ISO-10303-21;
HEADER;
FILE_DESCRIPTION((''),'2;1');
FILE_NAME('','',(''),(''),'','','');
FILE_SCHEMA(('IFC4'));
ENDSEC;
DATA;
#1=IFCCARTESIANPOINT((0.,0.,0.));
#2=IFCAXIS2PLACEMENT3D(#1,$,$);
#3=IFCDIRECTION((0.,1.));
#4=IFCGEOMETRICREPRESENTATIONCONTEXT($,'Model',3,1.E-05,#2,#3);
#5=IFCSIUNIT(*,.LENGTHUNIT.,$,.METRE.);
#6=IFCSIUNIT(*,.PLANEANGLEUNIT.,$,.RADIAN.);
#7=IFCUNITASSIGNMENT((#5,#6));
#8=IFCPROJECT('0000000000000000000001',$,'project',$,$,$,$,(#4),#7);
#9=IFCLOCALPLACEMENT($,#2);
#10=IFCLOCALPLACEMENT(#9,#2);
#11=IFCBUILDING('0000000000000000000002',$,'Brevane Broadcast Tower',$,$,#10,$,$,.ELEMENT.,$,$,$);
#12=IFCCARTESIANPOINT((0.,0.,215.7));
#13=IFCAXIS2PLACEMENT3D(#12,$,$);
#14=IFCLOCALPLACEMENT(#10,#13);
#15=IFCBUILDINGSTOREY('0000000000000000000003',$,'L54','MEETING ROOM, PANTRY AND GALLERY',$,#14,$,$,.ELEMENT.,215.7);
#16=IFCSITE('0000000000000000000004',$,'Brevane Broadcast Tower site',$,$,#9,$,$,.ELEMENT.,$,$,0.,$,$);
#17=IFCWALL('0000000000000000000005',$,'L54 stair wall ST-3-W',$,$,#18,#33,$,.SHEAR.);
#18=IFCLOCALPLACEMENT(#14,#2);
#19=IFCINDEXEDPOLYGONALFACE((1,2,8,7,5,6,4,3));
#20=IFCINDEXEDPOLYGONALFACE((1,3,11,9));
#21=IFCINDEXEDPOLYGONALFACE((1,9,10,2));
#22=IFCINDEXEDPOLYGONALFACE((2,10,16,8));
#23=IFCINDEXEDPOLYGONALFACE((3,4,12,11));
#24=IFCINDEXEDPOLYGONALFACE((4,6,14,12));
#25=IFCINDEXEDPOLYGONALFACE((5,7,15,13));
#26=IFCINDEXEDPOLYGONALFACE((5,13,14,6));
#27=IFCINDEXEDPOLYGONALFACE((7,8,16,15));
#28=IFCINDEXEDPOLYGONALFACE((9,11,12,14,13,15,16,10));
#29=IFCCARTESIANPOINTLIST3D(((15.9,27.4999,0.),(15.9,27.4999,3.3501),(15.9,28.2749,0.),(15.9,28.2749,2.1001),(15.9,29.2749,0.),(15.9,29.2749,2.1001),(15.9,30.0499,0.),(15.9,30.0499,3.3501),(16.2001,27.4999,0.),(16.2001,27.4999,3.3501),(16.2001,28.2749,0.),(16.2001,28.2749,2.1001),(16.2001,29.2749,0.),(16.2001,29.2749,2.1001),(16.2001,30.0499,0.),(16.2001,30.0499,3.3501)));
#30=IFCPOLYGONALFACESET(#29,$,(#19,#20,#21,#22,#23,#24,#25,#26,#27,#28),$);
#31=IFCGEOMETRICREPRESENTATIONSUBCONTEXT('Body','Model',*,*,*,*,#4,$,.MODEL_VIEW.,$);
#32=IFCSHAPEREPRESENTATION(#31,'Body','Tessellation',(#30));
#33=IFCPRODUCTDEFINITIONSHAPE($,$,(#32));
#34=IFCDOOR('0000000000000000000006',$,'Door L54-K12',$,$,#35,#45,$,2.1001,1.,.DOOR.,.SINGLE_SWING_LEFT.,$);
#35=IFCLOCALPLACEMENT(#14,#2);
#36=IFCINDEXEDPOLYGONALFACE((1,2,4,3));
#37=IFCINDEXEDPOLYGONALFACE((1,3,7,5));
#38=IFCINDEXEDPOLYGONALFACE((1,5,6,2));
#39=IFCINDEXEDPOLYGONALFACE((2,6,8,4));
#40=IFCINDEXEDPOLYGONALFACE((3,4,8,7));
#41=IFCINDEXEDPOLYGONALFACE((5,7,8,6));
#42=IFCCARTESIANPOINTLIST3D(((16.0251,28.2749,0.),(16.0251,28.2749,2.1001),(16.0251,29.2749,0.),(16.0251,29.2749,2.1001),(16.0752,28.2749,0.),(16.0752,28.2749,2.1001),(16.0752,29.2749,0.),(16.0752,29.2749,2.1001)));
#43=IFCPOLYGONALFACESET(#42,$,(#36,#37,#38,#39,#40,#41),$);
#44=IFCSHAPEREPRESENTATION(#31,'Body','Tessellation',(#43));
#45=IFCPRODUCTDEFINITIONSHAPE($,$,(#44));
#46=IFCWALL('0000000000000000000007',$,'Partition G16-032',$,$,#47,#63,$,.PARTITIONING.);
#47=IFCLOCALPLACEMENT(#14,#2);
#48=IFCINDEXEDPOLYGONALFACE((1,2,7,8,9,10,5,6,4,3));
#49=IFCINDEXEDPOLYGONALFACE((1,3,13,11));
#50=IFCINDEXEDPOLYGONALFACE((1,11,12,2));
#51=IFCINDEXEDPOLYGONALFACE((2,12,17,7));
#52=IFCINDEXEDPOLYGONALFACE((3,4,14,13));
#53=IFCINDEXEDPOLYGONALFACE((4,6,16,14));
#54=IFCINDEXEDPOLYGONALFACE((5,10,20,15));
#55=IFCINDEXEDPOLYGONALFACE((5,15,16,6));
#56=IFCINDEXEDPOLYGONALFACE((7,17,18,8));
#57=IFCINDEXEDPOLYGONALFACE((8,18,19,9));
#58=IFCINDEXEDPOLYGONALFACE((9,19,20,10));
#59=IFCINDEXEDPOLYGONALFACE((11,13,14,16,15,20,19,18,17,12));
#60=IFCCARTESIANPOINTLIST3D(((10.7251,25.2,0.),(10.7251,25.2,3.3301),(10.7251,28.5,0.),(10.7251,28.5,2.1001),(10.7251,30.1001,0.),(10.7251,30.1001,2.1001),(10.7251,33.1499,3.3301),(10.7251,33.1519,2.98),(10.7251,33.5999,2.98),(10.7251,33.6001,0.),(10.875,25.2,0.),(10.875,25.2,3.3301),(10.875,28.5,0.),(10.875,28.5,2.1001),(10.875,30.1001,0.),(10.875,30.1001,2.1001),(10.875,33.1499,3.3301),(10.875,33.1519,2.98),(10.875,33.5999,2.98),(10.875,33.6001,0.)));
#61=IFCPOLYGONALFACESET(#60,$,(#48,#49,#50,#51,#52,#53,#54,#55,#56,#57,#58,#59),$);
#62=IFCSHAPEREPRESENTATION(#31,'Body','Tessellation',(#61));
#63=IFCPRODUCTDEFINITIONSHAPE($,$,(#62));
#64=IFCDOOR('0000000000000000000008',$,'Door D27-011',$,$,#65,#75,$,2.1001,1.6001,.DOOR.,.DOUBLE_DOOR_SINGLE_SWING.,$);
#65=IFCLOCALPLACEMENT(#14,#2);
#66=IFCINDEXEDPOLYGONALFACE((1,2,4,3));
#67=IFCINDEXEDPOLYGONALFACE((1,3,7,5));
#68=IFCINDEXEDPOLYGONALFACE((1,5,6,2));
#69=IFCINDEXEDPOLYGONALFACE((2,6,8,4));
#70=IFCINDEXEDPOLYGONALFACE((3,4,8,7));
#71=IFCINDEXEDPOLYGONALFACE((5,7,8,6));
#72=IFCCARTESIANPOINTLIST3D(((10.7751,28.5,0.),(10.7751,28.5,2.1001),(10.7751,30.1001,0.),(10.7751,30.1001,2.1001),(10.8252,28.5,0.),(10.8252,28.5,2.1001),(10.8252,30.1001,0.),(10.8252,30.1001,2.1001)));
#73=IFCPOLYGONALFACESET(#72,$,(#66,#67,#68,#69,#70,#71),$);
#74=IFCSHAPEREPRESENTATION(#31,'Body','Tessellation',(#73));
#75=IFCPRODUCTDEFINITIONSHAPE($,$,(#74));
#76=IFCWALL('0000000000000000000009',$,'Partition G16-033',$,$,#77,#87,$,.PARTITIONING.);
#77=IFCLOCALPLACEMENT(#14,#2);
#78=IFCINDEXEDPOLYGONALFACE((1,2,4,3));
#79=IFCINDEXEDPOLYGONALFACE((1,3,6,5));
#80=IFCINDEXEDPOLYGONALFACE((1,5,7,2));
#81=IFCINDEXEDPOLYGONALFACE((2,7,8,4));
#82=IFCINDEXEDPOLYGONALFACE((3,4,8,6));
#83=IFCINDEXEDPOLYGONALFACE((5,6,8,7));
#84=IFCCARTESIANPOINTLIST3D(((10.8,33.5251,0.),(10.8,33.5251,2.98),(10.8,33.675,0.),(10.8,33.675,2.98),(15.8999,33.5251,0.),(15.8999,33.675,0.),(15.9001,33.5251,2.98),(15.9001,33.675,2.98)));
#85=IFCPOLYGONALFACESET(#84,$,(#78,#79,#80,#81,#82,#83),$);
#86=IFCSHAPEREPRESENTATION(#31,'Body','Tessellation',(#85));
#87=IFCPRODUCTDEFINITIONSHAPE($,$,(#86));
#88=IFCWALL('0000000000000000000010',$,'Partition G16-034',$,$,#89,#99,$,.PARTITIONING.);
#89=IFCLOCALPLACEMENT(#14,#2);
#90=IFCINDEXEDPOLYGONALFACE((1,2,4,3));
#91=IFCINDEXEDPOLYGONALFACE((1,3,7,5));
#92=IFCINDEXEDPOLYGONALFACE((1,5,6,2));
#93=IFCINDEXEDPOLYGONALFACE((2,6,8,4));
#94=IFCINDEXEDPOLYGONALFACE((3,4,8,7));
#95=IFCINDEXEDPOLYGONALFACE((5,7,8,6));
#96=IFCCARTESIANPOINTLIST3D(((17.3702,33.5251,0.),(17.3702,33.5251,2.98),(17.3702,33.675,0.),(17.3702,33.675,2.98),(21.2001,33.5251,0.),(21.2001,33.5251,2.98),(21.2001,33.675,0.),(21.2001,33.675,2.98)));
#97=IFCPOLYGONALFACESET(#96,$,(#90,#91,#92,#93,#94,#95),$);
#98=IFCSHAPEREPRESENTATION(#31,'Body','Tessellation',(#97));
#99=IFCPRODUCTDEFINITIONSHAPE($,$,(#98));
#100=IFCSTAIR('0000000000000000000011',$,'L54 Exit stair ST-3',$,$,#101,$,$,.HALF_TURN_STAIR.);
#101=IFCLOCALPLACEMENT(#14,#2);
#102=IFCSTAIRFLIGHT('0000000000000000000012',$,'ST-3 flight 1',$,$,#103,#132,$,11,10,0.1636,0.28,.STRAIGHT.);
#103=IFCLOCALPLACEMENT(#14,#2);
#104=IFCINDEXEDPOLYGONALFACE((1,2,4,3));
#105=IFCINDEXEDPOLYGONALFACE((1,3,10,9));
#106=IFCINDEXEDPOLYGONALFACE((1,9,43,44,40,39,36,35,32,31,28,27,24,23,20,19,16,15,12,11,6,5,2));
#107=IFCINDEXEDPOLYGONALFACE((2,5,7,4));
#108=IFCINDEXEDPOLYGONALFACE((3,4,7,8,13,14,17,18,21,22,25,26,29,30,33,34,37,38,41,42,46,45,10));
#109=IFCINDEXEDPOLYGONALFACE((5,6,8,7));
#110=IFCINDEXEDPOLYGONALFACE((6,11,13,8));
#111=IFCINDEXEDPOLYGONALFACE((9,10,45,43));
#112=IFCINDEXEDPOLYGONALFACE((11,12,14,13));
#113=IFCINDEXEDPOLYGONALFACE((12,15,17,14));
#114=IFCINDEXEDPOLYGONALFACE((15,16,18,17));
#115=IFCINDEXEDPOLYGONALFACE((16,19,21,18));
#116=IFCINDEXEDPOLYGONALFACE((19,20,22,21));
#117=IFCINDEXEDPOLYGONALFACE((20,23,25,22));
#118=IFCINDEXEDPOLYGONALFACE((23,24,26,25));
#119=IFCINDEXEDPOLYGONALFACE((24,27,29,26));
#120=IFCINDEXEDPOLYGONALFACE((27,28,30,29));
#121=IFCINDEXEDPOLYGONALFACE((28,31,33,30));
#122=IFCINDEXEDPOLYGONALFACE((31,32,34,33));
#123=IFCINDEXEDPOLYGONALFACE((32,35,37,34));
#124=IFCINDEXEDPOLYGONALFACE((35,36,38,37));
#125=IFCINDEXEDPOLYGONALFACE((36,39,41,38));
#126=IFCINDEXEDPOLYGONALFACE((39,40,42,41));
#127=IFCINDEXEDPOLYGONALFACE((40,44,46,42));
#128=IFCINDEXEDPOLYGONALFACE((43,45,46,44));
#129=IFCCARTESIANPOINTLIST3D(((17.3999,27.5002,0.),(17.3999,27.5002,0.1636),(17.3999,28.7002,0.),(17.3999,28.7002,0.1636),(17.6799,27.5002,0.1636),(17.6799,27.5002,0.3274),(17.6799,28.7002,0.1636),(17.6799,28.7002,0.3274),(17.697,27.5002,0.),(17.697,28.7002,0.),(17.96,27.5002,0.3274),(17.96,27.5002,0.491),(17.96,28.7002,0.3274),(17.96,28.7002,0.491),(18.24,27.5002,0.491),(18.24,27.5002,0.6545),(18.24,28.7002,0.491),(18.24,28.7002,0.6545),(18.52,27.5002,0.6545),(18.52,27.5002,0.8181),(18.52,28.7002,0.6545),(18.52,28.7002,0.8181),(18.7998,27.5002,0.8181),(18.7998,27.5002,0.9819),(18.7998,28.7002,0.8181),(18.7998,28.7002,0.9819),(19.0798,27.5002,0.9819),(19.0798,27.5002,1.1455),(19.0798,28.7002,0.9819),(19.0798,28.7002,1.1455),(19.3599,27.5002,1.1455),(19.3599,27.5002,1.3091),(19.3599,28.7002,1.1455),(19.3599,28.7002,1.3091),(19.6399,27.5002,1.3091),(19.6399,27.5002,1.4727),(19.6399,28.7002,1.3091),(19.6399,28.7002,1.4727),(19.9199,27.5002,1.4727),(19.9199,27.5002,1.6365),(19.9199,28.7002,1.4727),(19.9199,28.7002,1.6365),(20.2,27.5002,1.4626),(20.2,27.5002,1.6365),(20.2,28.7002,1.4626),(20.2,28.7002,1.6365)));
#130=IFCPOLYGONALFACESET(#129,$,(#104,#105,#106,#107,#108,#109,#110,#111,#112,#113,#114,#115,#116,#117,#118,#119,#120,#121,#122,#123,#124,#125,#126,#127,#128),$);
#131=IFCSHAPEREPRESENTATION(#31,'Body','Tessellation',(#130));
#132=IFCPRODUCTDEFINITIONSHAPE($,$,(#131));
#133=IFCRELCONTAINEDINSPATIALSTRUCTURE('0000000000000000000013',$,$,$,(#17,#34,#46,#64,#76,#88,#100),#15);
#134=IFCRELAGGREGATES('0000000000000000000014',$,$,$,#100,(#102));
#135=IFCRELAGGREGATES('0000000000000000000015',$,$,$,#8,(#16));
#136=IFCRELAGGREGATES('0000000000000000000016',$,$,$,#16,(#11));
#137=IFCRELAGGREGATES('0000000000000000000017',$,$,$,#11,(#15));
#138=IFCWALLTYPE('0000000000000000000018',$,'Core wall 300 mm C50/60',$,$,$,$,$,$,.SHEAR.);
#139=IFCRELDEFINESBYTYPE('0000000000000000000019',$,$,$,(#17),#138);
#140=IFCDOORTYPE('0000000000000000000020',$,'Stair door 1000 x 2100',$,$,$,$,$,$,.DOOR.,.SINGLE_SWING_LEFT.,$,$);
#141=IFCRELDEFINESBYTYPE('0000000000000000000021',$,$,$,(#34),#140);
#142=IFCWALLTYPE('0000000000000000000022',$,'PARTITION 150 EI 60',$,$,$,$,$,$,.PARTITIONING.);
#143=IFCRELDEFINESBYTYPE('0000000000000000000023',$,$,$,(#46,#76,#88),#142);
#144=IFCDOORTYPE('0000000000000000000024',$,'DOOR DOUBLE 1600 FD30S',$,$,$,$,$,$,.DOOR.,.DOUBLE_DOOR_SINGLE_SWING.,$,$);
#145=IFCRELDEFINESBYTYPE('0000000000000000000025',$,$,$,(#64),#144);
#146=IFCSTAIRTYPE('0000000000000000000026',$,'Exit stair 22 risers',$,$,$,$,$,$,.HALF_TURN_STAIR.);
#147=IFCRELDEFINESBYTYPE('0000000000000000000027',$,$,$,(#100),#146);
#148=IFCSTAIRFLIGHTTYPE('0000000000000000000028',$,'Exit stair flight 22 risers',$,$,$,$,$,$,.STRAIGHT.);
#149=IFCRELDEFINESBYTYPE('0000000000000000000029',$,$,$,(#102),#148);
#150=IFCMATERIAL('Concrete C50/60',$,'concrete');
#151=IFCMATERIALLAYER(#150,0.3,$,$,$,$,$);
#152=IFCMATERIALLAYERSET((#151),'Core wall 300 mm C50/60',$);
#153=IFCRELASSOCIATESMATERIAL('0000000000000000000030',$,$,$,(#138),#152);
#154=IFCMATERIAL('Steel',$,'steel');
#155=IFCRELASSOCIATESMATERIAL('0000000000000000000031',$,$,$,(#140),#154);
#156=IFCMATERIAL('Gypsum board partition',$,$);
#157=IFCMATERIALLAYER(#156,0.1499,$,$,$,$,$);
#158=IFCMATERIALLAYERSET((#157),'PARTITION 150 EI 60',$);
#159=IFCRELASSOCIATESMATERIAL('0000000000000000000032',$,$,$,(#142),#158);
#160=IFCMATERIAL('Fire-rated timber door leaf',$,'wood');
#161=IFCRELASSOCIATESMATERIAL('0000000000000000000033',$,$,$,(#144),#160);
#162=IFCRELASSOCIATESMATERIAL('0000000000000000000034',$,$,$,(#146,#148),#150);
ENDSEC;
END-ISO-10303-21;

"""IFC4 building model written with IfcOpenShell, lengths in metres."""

from ifc_helpers import new_model, si_unit, direction, frame, frame_2d, origin, place, context, subcontext, project, spatial, polyline, rectangle, outline, extrude, material, layer, layer_set, type_object, element, fill, aggregate, save


model = new_model("IFC4")

# Units and contexts
model_context = context("Model", 3, precision=1e-05, world=origin(), true_north=direction((0.0, 1.0)))
body_context = subcontext(model_context, "Body", "Model", "MODEL_VIEW")
ifc_project = project(units=[si_unit("LENGTHUNIT", "METRE"), si_unit("PLANEANGLEUNIT", "RADIAN")], contexts=[model_context])

# Site, building, storey
site_placement = place(None, origin())
site = spatial("IfcSite", under=ifc_project, at=site_placement, Name="Brevane Broadcast Tower site", CompositionType="ELEMENT", RefElevation=0.0)
building_placement = place(site_placement, origin())
building = spatial("IfcBuilding", under=site, at=building_placement, Name="Brevane Broadcast Tower", CompositionType="ELEMENT")
storey_placement = place(building_placement, frame((0.0, 0.0, 215.7)))
storey = spatial("IfcBuildingStorey", under=building, at=storey_placement, Name="L54", Description="MEETING ROOM, PANTRY AND GALLERY", CompositionType="ELEMENT", Elevation=215.7)

# Shared definitions
ifc_material_1 = material(Name="Concrete C50/60", Category="concrete")

# Shared definitions
ifc_layer_1 = layer(ifc_material_1, 0.3)
ifc_layer_set_1 = layer_set([ifc_layer_1], Name="Core wall 300 mm C50/60")
wall_type_1 = type_object("IfcWallType", Name="Core wall 300 mm C50/60", PredefinedType="SHEAR", material=ifc_layer_set_1)

# Walls, openings, doors
wall_1_placement = place(storey_placement, frame((16.05, 27.5, 0.0), z_axis=(0.0, 0.0, 1.0), x_axis=(0.0, 1.0, 0.0)))
wall_1 = element("IfcWall", 1, at=wall_1_placement, inside=storey, type_object=wall_type_1, Name="L54 stair wall ST-3-W", PredefinedType="SHEAR", context=body_context, shape_type="SweptSolid", body=[
    extrude(rectangle(XDim=2.55, YDim=0.3, at=frame_2d((1.2749, 0.0))), origin(), (0.0, 0.0, 1.0), 3.3501),
])
opening_1_placement = place(wall_1_placement, frame((0.7749, 0.0, 0.0)))
opening_1 = element("IfcOpeningElement", 2, at=opening_1_placement, cuts=wall_1, PredefinedType="OPENING", context=body_context, shape_type="SweptSolid", body=[
    extrude(rectangle(XDim=1.0, YDim=2.1001, at=frame_2d((0.5, 1.05))), frame((0.0, 0.1599, 0.0), z_axis=(0.0, -1.0, 0.0), x_axis=(1.0, 0.0, 0.0)), (0.0, 0.0, 1.0), 0.3201),
])
ifc_material_2 = material(Name="Steel", Category="steel")
door_type_1 = type_object("IfcDoorType", Name="Stair door 1000 x 2100", OperationType="SINGLE_SWING_LEFT", PredefinedType="DOOR", material=ifc_material_2)
door_1_placement = place(opening_1_placement, origin())
door_1 = element("IfcDoor", 3, at=door_1_placement, inside=storey, type_object=door_type_1, Name="Door L54-K12", OperationType="SINGLE_SWING_LEFT", OverallHeight=2.1001, OverallWidth=1.0, PredefinedType="DOOR", context=body_context, shape_type="SweptSolid", body=[
    extrude(rectangle(XDim=1.0, YDim=2.1001, at=frame_2d((0.5, 1.05))), frame((0.0, 0.0249, 0.0), z_axis=(0.0, -1.0, 0.0), x_axis=(1.0, 0.0, 0.0)), (0.0, 0.0, 1.0), 0.05),
])
fill(opening_1, door_1)
ifc_material_3 = material(Name="Gypsum board partition")
ifc_layer_2 = layer(ifc_material_3, 0.1499)
ifc_layer_set_2 = layer_set([ifc_layer_2], Name="PARTITION 150 EI 60")
wall_type_2 = type_object("IfcWallType", Name="PARTITION 150 EI 60", PredefinedType="PARTITIONING", material=ifc_layer_set_2)
wall_2_placement = place(storey_placement, frame((10.8, 25.2, 0.0), z_axis=(0.0, 0.0, 1.0), x_axis=(0.0, 1.0, 0.0)))
wall_2 = element("IfcWall", 4, at=wall_2_placement, inside=storey, type_object=wall_type_2, Name="Partition G16-032", PredefinedType="PARTITIONING", context=body_context, shape_type="SweptSolid", body=[
    extrude(outline(polyline([(0.0, 0.0), (8.4001, 0.0), (8.3999, 2.98), (7.9519, 2.98), (7.95, 3.3301), (0.0, 3.3301), (0.0, 0.0)])), frame((0.0, 0.075, 0.0), z_axis=(0.0, -1.0, 0.0), x_axis=(1.0, 0.0, 0.0)), (0.0, 0.0, 1.0), 0.1499),
])
opening_2_placement = place(wall_2_placement, frame((3.3, 0.0, 0.0)))
opening_2 = element("IfcOpeningElement", 5, at=opening_2_placement, cuts=wall_2, PredefinedType="OPENING", context=body_context, shape_type="SweptSolid", body=[
    extrude(rectangle(XDim=1.6001, YDim=2.1001, at=frame_2d((0.8, 1.05))), frame((0.0, 0.085, 0.0), z_axis=(0.0, -1.0, 0.0), x_axis=(1.0, 0.0, 0.0)), (0.0, 0.0, 1.0), 0.1699),
])
ifc_material_4 = material(Name="Fire-rated timber door leaf", Category="wood")
door_type_2 = type_object("IfcDoorType", Name="DOOR DOUBLE 1600 FD30S", OperationType="DOUBLE_DOOR_SINGLE_SWING", PredefinedType="DOOR", material=ifc_material_4)
door_2_placement = place(opening_2_placement, origin())
door_2 = element("IfcDoor", 6, at=door_2_placement, inside=storey, type_object=door_type_2, Name="Door D27-011", OperationType="DOUBLE_DOOR_SINGLE_SWING", OverallHeight=2.1001, OverallWidth=1.6001, PredefinedType="DOOR", context=body_context, shape_type="SweptSolid", body=[
    extrude(rectangle(XDim=1.6001, YDim=2.1001, at=frame_2d((0.8, 1.05))), frame((0.0, 0.0249, 0.0), z_axis=(0.0, -1.0, 0.0), x_axis=(1.0, 0.0, 0.0)), (0.0, 0.0, 1.0), 0.05),
])
fill(opening_2, door_2)

# Walls
wall_3_placement = place(storey_placement, frame((10.8, 33.6001, 0.0), z_axis=(0.0, 0.0, 1.0), x_axis=(1.0, 0.0, 0.0)))
element("IfcWall", 7, at=wall_3_placement, inside=storey, type_object=wall_type_2, Name="Partition G16-033", PredefinedType="PARTITIONING", context=body_context, shape_type="SweptSolid", body=[
    extrude(outline(polyline([(0.0, 0.0), (5.0999, 0.0), (5.1001, 2.98), (0.0, 2.98), (0.0, 0.0)])), frame((0.0, 0.075, 0.0), z_axis=(0.0, -1.0, 0.0), x_axis=(1.0, 0.0, 0.0)), (0.0, 0.0, 1.0), 0.1499),
])
wall_4_placement = place(storey_placement, frame((17.3701, 33.6001, 0.0), z_axis=(0.0, 0.0, 1.0), x_axis=(1.0, 0.0, 0.0)))
element("IfcWall", 8, at=wall_4_placement, inside=storey, type_object=wall_type_2, Name="Partition G16-034", PredefinedType="PARTITIONING", context=body_context, shape_type="SweptSolid", body=[
    extrude(rectangle(XDim=3.8298, YDim=0.1499, at=frame_2d((1.915, 0.0))), origin(), (0.0, 0.0, 1.0), 2.98),
])

# Stair, stair flight
stair_type = type_object("IfcStairType", Name="Exit stair 22 risers", PredefinedType="HALF_TURN_STAIR", material=ifc_material_1)
stair_placement = place(storey_placement, origin())
stair = element("IfcStair", 9, at=stair_placement, inside=storey, type_object=stair_type, Name="L54 Exit stair ST-3", PredefinedType="HALF_TURN_STAIR")
stair_flight_type = type_object("IfcStairFlightType", Name="Exit stair flight 22 risers", PredefinedType="STRAIGHT", material=ifc_material_1)
stair_flight_placement = place(storey_placement, frame((17.3999, 28.1001, 0.0), z_axis=(0.0, 0.0, 1.0), x_axis=(1.0, 0.0, 0.0)))
stair_flight = element("IfcStairFlight", 10, at=stair_flight_placement, type_object=stair_flight_type, Name="ST-3 flight 1", NumberOfRisers=11, NumberOfTreads=10, PredefinedType="STRAIGHT", RiserHeight=0.1636, TreadLength=0.28, context=body_context, shape_type="SweptSolid", body=[
    extrude(outline(polyline([(0.0, 0.0), (0.0, 0.1636), (0.28, 0.1636), (0.28, 0.3274), (0.5601, 0.3274), (0.5601, 0.491), (0.8401, 0.491), (0.8401, 0.6545), (1.1201, 0.6545), (1.1201, 0.8181), (1.3999, 0.8181), (1.3999, 0.9819), (1.6799, 0.9819), (1.6799, 1.1455), (1.96, 1.1455), (1.96, 1.3091), (2.24, 1.3091), (2.24, 1.4727), (2.52, 1.4727), (2.52, 1.6365), (2.8, 1.6365), (2.8, 1.8), (2.8, 1.4626), (0.2971, 0.0), (0.0, 0.0)])), frame((0.0, 0.6001, 0.0), z_axis=(0.0, -1.0, 0.0), x_axis=(1.0, 0.0, 0.0)), (0.0, 0.0, 1.0), 1.2),
])
aggregate(stair, [stair_flight])

save(model, "model.ifc")
